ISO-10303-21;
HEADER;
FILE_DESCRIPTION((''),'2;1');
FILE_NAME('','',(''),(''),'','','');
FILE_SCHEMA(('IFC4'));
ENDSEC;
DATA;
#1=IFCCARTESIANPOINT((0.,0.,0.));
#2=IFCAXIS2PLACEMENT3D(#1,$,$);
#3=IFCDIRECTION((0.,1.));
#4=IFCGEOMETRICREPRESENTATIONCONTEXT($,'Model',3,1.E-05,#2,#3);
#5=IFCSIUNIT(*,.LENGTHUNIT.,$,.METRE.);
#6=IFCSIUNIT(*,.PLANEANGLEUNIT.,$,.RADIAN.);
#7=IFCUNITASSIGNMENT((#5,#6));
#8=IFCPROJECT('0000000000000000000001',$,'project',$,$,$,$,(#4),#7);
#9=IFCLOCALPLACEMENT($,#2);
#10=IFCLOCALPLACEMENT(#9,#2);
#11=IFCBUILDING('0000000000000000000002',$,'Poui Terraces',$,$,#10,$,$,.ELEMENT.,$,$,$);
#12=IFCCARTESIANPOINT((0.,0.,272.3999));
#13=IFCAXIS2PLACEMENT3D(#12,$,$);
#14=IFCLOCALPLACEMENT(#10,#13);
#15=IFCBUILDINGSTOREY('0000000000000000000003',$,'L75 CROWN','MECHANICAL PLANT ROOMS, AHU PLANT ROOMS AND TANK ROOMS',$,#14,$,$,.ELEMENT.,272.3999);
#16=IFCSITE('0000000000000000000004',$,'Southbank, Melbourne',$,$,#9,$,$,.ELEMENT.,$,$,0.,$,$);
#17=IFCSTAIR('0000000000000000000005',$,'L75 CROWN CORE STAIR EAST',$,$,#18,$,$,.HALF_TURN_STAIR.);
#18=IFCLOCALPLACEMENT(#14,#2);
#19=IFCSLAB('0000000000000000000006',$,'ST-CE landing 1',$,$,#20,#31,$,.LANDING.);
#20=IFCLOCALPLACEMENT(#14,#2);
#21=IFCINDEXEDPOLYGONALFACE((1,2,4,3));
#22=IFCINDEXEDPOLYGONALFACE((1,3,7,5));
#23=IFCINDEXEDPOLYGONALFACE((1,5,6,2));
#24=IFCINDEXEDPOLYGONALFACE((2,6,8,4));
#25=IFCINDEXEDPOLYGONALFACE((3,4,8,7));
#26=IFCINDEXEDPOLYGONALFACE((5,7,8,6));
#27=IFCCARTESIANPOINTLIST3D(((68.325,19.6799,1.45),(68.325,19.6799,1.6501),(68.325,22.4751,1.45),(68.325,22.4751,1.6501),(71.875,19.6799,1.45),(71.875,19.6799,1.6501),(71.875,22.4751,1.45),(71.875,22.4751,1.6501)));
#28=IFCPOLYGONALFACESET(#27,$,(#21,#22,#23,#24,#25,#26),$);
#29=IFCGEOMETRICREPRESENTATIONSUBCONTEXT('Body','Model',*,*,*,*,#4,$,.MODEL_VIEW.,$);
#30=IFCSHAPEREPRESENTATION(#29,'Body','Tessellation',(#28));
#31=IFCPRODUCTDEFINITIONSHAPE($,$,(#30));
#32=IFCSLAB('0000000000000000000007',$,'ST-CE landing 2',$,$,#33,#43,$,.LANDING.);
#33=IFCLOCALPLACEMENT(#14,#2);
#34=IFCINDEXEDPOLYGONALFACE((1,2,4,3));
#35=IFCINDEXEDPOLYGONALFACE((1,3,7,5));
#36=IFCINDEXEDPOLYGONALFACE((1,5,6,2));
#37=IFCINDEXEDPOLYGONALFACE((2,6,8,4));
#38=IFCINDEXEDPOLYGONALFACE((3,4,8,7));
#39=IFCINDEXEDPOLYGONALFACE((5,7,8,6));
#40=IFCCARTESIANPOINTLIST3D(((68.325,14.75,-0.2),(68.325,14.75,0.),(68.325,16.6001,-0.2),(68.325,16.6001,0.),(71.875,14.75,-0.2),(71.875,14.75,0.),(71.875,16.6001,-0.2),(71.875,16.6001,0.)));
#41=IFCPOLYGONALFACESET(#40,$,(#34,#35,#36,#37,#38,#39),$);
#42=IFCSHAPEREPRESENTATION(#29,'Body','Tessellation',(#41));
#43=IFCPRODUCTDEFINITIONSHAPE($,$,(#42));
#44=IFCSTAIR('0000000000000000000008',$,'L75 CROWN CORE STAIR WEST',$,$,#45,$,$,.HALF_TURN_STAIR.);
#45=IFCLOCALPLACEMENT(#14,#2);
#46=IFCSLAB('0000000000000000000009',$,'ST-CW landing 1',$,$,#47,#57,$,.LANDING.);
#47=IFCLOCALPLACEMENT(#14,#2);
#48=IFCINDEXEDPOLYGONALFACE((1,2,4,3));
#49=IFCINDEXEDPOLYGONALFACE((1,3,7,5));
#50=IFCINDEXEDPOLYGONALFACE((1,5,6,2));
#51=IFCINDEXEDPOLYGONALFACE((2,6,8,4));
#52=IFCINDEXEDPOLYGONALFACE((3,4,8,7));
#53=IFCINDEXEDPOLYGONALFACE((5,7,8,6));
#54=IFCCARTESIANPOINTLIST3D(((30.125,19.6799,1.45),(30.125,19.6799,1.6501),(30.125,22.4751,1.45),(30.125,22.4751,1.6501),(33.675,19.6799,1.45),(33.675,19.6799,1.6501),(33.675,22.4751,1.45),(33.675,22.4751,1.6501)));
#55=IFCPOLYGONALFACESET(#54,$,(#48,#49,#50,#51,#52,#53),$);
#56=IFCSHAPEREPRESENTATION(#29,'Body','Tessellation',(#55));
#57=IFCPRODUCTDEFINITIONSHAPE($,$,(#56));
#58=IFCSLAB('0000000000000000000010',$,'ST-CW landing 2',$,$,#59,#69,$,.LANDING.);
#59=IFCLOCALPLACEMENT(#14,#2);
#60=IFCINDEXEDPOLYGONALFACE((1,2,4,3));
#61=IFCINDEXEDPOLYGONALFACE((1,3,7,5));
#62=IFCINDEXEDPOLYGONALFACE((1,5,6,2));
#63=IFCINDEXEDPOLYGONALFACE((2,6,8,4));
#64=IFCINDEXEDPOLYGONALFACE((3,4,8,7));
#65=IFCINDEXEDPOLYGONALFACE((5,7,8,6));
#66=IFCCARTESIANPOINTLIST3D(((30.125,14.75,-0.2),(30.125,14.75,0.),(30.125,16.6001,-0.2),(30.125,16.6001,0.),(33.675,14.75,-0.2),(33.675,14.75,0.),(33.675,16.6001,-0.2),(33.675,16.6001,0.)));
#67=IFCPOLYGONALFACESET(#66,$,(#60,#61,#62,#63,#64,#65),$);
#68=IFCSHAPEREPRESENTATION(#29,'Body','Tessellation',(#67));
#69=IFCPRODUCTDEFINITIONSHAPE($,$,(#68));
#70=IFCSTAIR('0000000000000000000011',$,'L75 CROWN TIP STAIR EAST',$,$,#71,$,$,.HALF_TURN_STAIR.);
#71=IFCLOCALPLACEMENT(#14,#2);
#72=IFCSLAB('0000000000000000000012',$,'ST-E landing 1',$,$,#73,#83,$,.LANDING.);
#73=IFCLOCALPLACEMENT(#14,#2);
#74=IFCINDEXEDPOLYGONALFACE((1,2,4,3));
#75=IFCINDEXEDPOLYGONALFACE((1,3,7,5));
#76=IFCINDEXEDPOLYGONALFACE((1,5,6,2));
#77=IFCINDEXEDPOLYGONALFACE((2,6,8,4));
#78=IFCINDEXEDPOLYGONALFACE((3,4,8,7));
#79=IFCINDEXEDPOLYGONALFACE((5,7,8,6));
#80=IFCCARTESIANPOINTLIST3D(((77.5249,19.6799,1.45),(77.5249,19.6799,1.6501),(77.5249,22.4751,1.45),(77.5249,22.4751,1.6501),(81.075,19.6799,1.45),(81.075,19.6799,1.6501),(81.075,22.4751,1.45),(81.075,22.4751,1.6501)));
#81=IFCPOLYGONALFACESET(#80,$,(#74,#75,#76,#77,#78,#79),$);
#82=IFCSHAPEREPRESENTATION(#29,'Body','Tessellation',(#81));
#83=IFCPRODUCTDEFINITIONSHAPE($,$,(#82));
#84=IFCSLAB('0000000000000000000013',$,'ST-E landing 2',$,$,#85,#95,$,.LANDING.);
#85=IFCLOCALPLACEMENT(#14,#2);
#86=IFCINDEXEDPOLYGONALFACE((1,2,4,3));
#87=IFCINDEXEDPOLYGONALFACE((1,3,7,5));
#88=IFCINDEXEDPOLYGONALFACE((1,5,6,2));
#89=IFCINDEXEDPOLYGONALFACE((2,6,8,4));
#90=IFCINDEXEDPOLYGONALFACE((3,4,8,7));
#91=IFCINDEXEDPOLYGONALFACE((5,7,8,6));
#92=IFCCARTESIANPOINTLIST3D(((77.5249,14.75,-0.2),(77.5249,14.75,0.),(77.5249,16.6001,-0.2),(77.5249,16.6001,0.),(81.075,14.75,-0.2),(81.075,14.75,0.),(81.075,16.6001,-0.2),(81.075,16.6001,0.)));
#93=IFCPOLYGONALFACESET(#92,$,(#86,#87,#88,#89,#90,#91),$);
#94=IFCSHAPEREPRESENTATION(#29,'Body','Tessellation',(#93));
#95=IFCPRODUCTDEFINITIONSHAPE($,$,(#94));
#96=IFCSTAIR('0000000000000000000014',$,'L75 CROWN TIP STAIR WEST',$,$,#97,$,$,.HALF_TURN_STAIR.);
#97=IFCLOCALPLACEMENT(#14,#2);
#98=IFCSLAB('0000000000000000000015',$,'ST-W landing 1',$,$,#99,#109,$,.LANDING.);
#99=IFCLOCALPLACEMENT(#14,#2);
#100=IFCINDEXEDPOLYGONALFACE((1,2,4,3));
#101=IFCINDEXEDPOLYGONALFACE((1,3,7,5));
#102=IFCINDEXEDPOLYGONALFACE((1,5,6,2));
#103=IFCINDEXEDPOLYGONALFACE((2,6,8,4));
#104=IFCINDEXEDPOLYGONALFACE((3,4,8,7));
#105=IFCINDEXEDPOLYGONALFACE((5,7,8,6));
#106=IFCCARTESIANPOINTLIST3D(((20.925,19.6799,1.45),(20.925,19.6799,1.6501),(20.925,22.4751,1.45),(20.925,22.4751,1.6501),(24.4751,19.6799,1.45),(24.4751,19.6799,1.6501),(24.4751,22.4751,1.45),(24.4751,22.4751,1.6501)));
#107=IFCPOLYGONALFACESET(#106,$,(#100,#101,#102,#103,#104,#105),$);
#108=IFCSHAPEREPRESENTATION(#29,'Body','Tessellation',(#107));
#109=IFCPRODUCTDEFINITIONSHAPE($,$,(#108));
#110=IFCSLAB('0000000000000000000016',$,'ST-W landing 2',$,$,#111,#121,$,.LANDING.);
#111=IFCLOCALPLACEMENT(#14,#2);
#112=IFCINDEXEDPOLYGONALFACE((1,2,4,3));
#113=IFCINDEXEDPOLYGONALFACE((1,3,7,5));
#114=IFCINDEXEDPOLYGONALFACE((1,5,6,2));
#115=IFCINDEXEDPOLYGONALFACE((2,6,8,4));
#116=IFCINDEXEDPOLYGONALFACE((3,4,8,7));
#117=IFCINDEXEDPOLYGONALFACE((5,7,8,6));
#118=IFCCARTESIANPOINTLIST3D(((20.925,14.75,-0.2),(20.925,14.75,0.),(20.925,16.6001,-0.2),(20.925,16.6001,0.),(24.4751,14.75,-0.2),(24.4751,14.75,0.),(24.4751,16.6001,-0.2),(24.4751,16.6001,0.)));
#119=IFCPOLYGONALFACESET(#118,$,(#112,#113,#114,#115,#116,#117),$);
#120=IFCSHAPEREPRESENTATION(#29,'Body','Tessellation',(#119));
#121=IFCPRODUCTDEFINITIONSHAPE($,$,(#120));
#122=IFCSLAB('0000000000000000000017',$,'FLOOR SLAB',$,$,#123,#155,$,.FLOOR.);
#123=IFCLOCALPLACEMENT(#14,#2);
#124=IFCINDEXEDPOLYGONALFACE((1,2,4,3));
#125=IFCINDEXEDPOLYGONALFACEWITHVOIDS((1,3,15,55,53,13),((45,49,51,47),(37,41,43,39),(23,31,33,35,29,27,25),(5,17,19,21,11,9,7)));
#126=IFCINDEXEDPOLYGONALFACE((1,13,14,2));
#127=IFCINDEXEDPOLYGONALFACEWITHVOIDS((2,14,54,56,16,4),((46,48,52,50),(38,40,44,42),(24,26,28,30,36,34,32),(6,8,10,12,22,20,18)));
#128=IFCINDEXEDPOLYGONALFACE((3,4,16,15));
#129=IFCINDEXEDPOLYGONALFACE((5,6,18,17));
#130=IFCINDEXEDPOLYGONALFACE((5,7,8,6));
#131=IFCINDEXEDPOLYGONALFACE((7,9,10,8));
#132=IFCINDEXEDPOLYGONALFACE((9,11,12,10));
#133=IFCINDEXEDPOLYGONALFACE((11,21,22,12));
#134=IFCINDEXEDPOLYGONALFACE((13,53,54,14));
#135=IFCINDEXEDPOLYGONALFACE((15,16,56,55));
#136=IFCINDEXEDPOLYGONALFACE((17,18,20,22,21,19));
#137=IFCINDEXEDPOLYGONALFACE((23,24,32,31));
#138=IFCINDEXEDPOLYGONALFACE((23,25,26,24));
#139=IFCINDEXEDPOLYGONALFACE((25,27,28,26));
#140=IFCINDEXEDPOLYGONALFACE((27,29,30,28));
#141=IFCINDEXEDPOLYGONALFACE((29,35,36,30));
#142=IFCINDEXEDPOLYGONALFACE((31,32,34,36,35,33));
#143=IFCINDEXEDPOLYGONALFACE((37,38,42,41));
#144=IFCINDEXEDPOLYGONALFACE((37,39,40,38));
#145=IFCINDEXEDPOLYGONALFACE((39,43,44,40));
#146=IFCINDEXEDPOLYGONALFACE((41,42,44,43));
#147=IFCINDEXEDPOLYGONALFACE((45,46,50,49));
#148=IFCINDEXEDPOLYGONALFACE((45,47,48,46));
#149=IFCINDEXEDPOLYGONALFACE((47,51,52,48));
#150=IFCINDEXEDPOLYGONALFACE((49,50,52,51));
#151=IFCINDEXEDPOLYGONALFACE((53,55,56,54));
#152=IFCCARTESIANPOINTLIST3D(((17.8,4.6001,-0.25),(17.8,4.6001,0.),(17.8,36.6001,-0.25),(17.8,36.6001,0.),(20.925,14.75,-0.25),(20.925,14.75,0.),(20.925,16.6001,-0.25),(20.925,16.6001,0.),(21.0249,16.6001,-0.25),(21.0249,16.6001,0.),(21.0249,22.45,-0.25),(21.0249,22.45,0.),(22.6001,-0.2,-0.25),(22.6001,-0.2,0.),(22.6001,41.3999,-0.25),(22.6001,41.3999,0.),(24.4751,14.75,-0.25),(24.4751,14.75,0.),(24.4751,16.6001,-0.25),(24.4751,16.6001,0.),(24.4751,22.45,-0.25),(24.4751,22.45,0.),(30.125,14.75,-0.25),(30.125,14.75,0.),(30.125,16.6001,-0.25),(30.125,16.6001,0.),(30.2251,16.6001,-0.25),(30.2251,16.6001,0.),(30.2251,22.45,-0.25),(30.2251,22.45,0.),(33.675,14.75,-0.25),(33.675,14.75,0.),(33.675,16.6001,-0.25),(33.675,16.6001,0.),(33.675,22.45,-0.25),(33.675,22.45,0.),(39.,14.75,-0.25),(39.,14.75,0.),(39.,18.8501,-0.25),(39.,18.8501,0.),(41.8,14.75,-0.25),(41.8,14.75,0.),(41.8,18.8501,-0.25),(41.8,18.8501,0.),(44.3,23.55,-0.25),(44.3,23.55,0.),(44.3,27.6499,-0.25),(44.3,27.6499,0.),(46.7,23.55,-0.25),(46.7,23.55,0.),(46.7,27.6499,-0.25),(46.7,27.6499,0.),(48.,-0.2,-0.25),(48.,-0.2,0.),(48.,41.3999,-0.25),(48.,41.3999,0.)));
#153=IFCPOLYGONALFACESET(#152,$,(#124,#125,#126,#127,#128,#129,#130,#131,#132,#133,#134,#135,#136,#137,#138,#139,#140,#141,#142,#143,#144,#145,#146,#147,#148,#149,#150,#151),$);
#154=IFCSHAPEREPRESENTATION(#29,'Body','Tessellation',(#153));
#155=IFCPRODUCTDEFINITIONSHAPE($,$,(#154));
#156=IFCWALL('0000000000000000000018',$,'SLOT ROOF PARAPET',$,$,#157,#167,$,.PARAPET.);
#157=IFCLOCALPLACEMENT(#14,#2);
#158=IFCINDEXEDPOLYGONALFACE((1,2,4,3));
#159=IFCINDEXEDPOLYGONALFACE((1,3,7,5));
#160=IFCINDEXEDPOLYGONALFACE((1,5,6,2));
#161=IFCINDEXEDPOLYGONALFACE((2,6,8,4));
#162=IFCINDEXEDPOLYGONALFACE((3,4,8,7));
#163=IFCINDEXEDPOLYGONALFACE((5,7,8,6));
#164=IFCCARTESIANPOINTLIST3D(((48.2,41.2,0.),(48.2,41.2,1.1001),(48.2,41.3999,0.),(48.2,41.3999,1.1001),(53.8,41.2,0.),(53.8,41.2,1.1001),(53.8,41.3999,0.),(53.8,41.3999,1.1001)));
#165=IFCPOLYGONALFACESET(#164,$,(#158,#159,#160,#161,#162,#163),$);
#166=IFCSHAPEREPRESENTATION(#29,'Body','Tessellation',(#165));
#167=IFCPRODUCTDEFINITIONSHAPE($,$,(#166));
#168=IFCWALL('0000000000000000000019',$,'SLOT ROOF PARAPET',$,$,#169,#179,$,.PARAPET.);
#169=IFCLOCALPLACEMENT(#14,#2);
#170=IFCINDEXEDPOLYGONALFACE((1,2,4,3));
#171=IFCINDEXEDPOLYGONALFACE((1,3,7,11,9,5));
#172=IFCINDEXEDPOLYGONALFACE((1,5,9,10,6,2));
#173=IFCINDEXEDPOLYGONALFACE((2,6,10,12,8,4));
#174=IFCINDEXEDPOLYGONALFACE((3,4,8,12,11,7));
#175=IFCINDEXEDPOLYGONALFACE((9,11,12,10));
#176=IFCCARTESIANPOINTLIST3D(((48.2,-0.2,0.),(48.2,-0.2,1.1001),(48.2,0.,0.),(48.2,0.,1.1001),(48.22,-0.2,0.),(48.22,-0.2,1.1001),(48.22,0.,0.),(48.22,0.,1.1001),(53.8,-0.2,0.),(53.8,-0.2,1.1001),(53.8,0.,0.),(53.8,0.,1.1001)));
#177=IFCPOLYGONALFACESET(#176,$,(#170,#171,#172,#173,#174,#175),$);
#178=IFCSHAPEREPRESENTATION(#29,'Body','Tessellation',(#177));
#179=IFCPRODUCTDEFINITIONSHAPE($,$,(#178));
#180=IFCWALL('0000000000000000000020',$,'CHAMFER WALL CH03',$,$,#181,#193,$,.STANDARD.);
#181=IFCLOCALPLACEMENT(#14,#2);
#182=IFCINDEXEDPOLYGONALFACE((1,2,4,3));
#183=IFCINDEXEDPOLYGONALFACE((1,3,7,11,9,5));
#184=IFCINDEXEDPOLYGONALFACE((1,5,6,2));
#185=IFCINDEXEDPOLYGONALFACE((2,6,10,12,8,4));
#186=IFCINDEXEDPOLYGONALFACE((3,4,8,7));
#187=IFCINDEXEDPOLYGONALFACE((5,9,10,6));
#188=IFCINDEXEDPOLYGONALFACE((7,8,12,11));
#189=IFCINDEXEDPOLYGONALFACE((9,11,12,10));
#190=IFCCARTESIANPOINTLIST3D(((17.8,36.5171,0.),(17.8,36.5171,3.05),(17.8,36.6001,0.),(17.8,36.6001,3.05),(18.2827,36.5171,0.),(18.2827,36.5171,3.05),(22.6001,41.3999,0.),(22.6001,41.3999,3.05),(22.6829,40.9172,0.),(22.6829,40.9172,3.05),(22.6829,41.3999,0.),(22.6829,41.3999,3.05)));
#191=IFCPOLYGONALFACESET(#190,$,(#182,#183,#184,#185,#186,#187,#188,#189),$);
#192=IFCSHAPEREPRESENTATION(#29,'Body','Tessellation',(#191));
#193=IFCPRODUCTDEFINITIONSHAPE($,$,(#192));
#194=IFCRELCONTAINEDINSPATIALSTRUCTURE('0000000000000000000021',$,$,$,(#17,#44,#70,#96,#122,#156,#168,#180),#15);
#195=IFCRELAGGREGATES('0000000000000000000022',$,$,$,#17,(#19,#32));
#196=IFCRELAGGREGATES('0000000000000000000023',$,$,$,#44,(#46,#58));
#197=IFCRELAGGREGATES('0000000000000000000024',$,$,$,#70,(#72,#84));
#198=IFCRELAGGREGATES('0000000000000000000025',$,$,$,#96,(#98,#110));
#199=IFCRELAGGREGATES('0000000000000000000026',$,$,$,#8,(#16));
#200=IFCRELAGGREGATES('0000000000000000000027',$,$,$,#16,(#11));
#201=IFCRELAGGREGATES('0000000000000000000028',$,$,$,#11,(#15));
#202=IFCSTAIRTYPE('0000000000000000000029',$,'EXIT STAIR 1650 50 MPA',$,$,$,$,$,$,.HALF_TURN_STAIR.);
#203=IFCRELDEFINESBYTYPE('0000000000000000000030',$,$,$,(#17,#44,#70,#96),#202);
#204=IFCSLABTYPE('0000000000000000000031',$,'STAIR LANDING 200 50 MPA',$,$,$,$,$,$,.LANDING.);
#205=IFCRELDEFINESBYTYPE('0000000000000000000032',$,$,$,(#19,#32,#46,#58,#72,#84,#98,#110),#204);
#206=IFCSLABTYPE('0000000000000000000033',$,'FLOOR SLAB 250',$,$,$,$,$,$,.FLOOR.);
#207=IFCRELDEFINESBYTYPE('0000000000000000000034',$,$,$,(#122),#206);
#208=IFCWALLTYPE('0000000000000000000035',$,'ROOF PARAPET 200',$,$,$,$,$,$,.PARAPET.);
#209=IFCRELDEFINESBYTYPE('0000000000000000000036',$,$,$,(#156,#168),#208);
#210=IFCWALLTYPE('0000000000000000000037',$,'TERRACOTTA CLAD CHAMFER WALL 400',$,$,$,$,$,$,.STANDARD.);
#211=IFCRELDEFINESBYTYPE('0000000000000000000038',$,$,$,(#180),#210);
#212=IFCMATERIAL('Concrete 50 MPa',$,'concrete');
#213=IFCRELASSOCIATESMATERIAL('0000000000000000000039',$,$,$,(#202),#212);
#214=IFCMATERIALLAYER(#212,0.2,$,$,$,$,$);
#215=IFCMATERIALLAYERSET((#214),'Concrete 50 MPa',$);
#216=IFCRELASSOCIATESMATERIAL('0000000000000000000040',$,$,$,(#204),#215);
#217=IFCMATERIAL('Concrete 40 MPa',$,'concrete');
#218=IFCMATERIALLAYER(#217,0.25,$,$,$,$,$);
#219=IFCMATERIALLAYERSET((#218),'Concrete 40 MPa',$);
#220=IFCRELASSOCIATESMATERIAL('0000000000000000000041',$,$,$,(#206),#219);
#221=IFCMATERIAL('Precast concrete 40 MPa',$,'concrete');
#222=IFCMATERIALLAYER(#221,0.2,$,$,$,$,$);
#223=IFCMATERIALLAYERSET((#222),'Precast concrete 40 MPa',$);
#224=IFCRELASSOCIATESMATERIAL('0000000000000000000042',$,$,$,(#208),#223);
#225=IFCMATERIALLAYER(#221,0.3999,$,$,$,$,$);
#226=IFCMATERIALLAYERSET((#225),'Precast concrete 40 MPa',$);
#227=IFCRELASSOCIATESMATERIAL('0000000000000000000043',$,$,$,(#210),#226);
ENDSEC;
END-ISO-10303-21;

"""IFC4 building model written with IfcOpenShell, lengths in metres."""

from ifc_helpers import new_model, si_unit, direction, frame, origin, place, context, subcontext, project, spatial, polyline, outline, extrude, source, transform, mapped, material, layer, layer_set, type_object, element, aggregate, save


model = new_model("IFC4")

# Units and contexts
model_context = context("Model", 3, precision=1e-05, world=origin(), true_north=direction((0.0, 1.0)))
body_context = subcontext(model_context, "Body", "Model", "MODEL_VIEW")
ifc_project = project(units=[si_unit("LENGTHUNIT", "METRE"), si_unit("PLANEANGLEUNIT", "RADIAN")], contexts=[model_context])

# Site, building, storey
site_placement = place(None, origin())
site = spatial("IfcSite", under=ifc_project, at=site_placement, Name="Southbank, Melbourne", CompositionType="ELEMENT", RefElevation=0.0)
building_placement = place(site_placement, origin())
building = spatial("IfcBuilding", under=site, at=building_placement, Name="Poui Terraces", CompositionType="ELEMENT")
storey_placement = place(building_placement, frame((0.0, 0.0, 272.3999)))
storey = spatial("IfcBuildingStorey", under=building, at=storey_placement, Name="L75 CROWN", Description="MECHANICAL PLANT ROOMS, AHU PLANT ROOMS AND TANK ROOMS", CompositionType="ELEMENT", Elevation=272.3999)

# Stairs, slabs
ifc_material_1 = material(Name="Concrete 50 MPa", Category="concrete")
stair_type = type_object("IfcStairType", Name="EXIT STAIR 1650 50 MPA", PredefinedType="HALF_TURN_STAIR", material=ifc_material_1)
stair_1_placement = place(storey_placement, origin())
stair_1 = element("IfcStair", 1, at=stair_1_placement, inside=storey, type_object=stair_type, Name="L75 CROWN CORE STAIR EAST", PredefinedType="HALF_TURN_STAIR")
ifc_layer_1 = layer(ifc_material_1, 0.2)
ifc_layer_set_1 = layer_set([ifc_layer_1], Name="Concrete 50 MPa")
slab_type_1 = type_object("IfcSlabType", Name="STAIR LANDING 200 50 MPA", PredefinedType="LANDING", material=ifc_layer_set_1)
slab_1_placement = place(storey_placement, frame((0.0, 0.0, 1.45)))
slab_1 = element("IfcSlab", 2, at=slab_1_placement, type_object=slab_type_1, Name="ST-CE landing 1", PredefinedType="LANDING", context=body_context, shape_type="SweptSolid", body=[
    extrude(outline(polyline([(68.325, 19.6799), (71.875, 19.6799), (71.875, 22.4751), (68.325, 22.4751), (68.325, 19.6799)])), origin(), (0.0, 0.0, 1.0), 0.2002),
])
slab_2_placement = place(storey_placement, frame((0.0, 0.0, -0.2)))
slab_2 = element("IfcSlab", 3, at=slab_2_placement, type_object=slab_type_1, Name="ST-CE landing 2", PredefinedType="LANDING", context=body_context, shape_type="SweptSolid", body=[
    extrude(outline(polyline([(68.325, 14.75), (71.875, 14.75), (71.875, 16.6001), (68.325, 16.6001), (68.325, 14.75)])), origin(), (0.0, 0.0, 1.0), 0.2),
])
aggregate(stair_1, [slab_1, slab_2])
stair_2_placement = place(storey_placement, origin())
stair_2 = element("IfcStair", 4, at=stair_2_placement, inside=storey, type_object=stair_type, Name="L75 CROWN CORE STAIR WEST", PredefinedType="HALF_TURN_STAIR")
slab_3_placement = place(storey_placement, frame((0.0, 0.0, 1.45)))
slab_3 = element("IfcSlab", 5, at=slab_3_placement, type_object=slab_type_1, Name="ST-CW landing 1", PredefinedType="LANDING", context=body_context, shape_type="SweptSolid", body=[
    extrude(outline(polyline([(30.125, 19.6799), (33.675, 19.6799), (33.675, 22.4751), (30.125, 22.4751), (30.125, 19.6799)])), origin(), (0.0, 0.0, 1.0), 0.2002),
])
slab_4_placement = place(storey_placement, frame((0.0, 0.0, -0.2)))
slab_4 = element("IfcSlab", 6, at=slab_4_placement, type_object=slab_type_1, Name="ST-CW landing 2", PredefinedType="LANDING", context=body_context, shape_type="SweptSolid", body=[
    extrude(outline(polyline([(30.125, 14.75), (33.675, 14.75), (33.675, 16.6001), (30.125, 16.6001), (30.125, 14.75)])), origin(), (0.0, 0.0, 1.0), 0.2),
])
aggregate(stair_2, [slab_3, slab_4])
stair_3_placement = place(storey_placement, origin())
stair_3 = element("IfcStair", 7, at=stair_3_placement, inside=storey, type_object=stair_type, Name="L75 CROWN TIP STAIR EAST", PredefinedType="HALF_TURN_STAIR")
slab_5_placement = place(storey_placement, frame((0.0, 0.0, 1.45)))
slab_5 = element("IfcSlab", 8, at=slab_5_placement, type_object=slab_type_1, Name="ST-E landing 1", PredefinedType="LANDING", context=body_context, shape_type="SweptSolid", body=[
    extrude(outline(polyline([(77.5249, 19.6799), (81.075, 19.6799), (81.075, 22.4751), (77.5249, 22.4751), (77.5249, 19.6799)])), origin(), (0.0, 0.0, 1.0), 0.2002),
])
slab_6_placement = place(storey_placement, frame((0.0, 0.0, -0.2)))
slab_6 = element("IfcSlab", 9, at=slab_6_placement, type_object=slab_type_1, Name="ST-E landing 2", PredefinedType="LANDING", context=body_context, shape_type="SweptSolid", body=[
    extrude(outline(polyline([(77.5249, 14.75), (81.075, 14.75), (81.075, 16.6001), (77.5249, 16.6001), (77.5249, 14.75)])), origin(), (0.0, 0.0, 1.0), 0.2),
])
aggregate(stair_3, [slab_5, slab_6])
stair_4_placement = place(storey_placement, origin())
stair_4 = element("IfcStair", 10, at=stair_4_placement, inside=storey, type_object=stair_type, Name="L75 CROWN TIP STAIR WEST", PredefinedType="HALF_TURN_STAIR")
slab_7_placement = place(storey_placement, frame((0.0, 0.0, 1.45)))
slab_7 = element("IfcSlab", 11, at=slab_7_placement, type_object=slab_type_1, Name="ST-W landing 1", PredefinedType="LANDING", context=body_context, shape_type="SweptSolid", body=[
    extrude(outline(polyline([(20.925, 19.6799), (24.4751, 19.6799), (24.4751, 22.4751), (20.925, 22.4751), (20.925, 19.6799)])), origin(), (0.0, 0.0, 1.0), 0.2002),
])
slab_8_placement = place(storey_placement, frame((0.0, 0.0, -0.2)))
slab_8 = element("IfcSlab", 12, at=slab_8_placement, type_object=slab_type_1, Name="ST-W landing 2", PredefinedType="LANDING", context=body_context, shape_type="SweptSolid", body=[
    extrude(outline(polyline([(20.925, 14.75), (24.4751, 14.75), (24.4751, 16.6001), (20.925, 16.6001), (20.925, 14.75)])), origin(), (0.0, 0.0, 1.0), 0.2),
])
aggregate(stair_4, [slab_7, slab_8])

# Slab
ifc_material_2 = material(Name="Concrete 40 MPa", Category="concrete")
ifc_layer_2 = layer(ifc_material_2, 0.25)
ifc_layer_set_2 = layer_set([ifc_layer_2], Name="Concrete 40 MPa")
slab_type_2 = type_object("IfcSlabType", Name="FLOOR SLAB 250", PredefinedType="FLOOR", material=ifc_layer_set_2)
shared_shape_1 = source(origin(), body_context, "Body", "SweptSolid", [
    extrude(outline(polyline([(0.0, 0.0), (4.8, -4.8), (30.2, -4.8), (30.2, 36.7998), (4.8, 36.7998), (0.0, 32.0), (0.0, 0.0)]), holes=[polyline([(24.0, 14.25), (24.0, 10.1499), (21.2, 10.1499), (21.2, 14.25), (24.0, 14.25)]), polyline([(3.2249, 12.0), (3.2249, 17.8499), (6.675, 17.8499), (6.675, 12.0), (6.675, 10.1499), (3.125, 10.1499), (3.125, 12.0), (3.2249, 12.0)]), polyline([(12.425, 12.0), (12.425, 17.8499), (15.875, 17.8499), (15.875, 12.0), (15.875, 10.1499), (12.325, 10.1499), (12.325, 12.0), (12.425, 12.0)]), polyline([(28.8999, 18.95), (26.5, 18.95), (26.5, 23.0498), (28.8999, 23.0498), (28.8999, 18.95)])]), origin(), (0.0, 0.0, 1.0), 0.25),
])
slab_9_placement = place(storey_placement, frame((17.8, 4.6001, -0.25)))
element("IfcSlab", 13, at=slab_9_placement, inside=storey, type_object=slab_type_2, Name="FLOOR SLAB", PredefinedType="FLOOR", context=body_context, shape_type="MappedRepresentation", body=[
    mapped(shared_shape_1, transform((0.0, 0.0, 0.0))),
])

# Walls
ifc_material_3 = material(Name="Precast concrete 40 MPa", Category="concrete")
ifc_layer_3 = layer(ifc_material_3, 0.2)
ifc_layer_set_3 = layer_set([ifc_layer_3], Name="Precast concrete 40 MPa")
wall_type_1 = type_object("IfcWallType", Name="ROOF PARAPET 200", PredefinedType="PARAPET", material=ifc_layer_set_3)
wall_1_placement = place(storey_placement, origin())
element("IfcWall", 14, at=wall_1_placement, inside=storey, type_object=wall_type_1, Name="SLOT ROOF PARAPET", PredefinedType="PARAPET", context=body_context, shape_type="SweptSolid", body=[
    extrude(outline(polyline([(48.2, 41.3999), (48.2, 41.2), (53.8, 41.2), (53.8, 41.3999), (48.2, 41.3999)])), origin(), (0.0, 0.0, 1.0), 1.1001),
])
wall_2_placement = place(storey_placement, origin())
element("IfcWall", 15, at=wall_2_placement, inside=storey, type_object=wall_type_1, Name="SLOT ROOF PARAPET", PredefinedType="PARAPET", context=body_context, shape_type="SweptSolid", body=[
    extrude(outline(polyline([(53.8, -0.2), (53.8, 0.0), (48.22, 0.0), (48.2, 0.0), (48.2, -0.2), (48.22, -0.2), (53.8, -0.2)])), origin(), (0.0, 0.0, 1.0), 1.1001),
])
ifc_layer_4 = layer(ifc_material_3, 0.3999)
ifc_layer_set_4 = layer_set([ifc_layer_4], Name="Precast concrete 40 MPa")
wall_type_2 = type_object("IfcWallType", Name="TERRACOTTA CLAD CHAMFER WALL 400", PredefinedType="STANDARD", material=ifc_layer_set_4)
wall_3_placement = place(storey_placement, origin())
element("IfcWall", 16, at=wall_3_placement, inside=storey, type_object=wall_type_2, Name="CHAMFER WALL CH03", PredefinedType="STANDARD", context=body_context, shape_type="SweptSolid", body=[
    extrude(outline(polyline([(22.6829, 41.3999), (22.6001, 41.3999), (17.8, 36.6001), (17.8, 36.5171), (18.2827, 36.5171), (22.6829, 40.9172), (22.6829, 41.3999)])), origin(), (0.0, 0.0, 1.0), 3.05),
])

save(model, "model.ifc")
